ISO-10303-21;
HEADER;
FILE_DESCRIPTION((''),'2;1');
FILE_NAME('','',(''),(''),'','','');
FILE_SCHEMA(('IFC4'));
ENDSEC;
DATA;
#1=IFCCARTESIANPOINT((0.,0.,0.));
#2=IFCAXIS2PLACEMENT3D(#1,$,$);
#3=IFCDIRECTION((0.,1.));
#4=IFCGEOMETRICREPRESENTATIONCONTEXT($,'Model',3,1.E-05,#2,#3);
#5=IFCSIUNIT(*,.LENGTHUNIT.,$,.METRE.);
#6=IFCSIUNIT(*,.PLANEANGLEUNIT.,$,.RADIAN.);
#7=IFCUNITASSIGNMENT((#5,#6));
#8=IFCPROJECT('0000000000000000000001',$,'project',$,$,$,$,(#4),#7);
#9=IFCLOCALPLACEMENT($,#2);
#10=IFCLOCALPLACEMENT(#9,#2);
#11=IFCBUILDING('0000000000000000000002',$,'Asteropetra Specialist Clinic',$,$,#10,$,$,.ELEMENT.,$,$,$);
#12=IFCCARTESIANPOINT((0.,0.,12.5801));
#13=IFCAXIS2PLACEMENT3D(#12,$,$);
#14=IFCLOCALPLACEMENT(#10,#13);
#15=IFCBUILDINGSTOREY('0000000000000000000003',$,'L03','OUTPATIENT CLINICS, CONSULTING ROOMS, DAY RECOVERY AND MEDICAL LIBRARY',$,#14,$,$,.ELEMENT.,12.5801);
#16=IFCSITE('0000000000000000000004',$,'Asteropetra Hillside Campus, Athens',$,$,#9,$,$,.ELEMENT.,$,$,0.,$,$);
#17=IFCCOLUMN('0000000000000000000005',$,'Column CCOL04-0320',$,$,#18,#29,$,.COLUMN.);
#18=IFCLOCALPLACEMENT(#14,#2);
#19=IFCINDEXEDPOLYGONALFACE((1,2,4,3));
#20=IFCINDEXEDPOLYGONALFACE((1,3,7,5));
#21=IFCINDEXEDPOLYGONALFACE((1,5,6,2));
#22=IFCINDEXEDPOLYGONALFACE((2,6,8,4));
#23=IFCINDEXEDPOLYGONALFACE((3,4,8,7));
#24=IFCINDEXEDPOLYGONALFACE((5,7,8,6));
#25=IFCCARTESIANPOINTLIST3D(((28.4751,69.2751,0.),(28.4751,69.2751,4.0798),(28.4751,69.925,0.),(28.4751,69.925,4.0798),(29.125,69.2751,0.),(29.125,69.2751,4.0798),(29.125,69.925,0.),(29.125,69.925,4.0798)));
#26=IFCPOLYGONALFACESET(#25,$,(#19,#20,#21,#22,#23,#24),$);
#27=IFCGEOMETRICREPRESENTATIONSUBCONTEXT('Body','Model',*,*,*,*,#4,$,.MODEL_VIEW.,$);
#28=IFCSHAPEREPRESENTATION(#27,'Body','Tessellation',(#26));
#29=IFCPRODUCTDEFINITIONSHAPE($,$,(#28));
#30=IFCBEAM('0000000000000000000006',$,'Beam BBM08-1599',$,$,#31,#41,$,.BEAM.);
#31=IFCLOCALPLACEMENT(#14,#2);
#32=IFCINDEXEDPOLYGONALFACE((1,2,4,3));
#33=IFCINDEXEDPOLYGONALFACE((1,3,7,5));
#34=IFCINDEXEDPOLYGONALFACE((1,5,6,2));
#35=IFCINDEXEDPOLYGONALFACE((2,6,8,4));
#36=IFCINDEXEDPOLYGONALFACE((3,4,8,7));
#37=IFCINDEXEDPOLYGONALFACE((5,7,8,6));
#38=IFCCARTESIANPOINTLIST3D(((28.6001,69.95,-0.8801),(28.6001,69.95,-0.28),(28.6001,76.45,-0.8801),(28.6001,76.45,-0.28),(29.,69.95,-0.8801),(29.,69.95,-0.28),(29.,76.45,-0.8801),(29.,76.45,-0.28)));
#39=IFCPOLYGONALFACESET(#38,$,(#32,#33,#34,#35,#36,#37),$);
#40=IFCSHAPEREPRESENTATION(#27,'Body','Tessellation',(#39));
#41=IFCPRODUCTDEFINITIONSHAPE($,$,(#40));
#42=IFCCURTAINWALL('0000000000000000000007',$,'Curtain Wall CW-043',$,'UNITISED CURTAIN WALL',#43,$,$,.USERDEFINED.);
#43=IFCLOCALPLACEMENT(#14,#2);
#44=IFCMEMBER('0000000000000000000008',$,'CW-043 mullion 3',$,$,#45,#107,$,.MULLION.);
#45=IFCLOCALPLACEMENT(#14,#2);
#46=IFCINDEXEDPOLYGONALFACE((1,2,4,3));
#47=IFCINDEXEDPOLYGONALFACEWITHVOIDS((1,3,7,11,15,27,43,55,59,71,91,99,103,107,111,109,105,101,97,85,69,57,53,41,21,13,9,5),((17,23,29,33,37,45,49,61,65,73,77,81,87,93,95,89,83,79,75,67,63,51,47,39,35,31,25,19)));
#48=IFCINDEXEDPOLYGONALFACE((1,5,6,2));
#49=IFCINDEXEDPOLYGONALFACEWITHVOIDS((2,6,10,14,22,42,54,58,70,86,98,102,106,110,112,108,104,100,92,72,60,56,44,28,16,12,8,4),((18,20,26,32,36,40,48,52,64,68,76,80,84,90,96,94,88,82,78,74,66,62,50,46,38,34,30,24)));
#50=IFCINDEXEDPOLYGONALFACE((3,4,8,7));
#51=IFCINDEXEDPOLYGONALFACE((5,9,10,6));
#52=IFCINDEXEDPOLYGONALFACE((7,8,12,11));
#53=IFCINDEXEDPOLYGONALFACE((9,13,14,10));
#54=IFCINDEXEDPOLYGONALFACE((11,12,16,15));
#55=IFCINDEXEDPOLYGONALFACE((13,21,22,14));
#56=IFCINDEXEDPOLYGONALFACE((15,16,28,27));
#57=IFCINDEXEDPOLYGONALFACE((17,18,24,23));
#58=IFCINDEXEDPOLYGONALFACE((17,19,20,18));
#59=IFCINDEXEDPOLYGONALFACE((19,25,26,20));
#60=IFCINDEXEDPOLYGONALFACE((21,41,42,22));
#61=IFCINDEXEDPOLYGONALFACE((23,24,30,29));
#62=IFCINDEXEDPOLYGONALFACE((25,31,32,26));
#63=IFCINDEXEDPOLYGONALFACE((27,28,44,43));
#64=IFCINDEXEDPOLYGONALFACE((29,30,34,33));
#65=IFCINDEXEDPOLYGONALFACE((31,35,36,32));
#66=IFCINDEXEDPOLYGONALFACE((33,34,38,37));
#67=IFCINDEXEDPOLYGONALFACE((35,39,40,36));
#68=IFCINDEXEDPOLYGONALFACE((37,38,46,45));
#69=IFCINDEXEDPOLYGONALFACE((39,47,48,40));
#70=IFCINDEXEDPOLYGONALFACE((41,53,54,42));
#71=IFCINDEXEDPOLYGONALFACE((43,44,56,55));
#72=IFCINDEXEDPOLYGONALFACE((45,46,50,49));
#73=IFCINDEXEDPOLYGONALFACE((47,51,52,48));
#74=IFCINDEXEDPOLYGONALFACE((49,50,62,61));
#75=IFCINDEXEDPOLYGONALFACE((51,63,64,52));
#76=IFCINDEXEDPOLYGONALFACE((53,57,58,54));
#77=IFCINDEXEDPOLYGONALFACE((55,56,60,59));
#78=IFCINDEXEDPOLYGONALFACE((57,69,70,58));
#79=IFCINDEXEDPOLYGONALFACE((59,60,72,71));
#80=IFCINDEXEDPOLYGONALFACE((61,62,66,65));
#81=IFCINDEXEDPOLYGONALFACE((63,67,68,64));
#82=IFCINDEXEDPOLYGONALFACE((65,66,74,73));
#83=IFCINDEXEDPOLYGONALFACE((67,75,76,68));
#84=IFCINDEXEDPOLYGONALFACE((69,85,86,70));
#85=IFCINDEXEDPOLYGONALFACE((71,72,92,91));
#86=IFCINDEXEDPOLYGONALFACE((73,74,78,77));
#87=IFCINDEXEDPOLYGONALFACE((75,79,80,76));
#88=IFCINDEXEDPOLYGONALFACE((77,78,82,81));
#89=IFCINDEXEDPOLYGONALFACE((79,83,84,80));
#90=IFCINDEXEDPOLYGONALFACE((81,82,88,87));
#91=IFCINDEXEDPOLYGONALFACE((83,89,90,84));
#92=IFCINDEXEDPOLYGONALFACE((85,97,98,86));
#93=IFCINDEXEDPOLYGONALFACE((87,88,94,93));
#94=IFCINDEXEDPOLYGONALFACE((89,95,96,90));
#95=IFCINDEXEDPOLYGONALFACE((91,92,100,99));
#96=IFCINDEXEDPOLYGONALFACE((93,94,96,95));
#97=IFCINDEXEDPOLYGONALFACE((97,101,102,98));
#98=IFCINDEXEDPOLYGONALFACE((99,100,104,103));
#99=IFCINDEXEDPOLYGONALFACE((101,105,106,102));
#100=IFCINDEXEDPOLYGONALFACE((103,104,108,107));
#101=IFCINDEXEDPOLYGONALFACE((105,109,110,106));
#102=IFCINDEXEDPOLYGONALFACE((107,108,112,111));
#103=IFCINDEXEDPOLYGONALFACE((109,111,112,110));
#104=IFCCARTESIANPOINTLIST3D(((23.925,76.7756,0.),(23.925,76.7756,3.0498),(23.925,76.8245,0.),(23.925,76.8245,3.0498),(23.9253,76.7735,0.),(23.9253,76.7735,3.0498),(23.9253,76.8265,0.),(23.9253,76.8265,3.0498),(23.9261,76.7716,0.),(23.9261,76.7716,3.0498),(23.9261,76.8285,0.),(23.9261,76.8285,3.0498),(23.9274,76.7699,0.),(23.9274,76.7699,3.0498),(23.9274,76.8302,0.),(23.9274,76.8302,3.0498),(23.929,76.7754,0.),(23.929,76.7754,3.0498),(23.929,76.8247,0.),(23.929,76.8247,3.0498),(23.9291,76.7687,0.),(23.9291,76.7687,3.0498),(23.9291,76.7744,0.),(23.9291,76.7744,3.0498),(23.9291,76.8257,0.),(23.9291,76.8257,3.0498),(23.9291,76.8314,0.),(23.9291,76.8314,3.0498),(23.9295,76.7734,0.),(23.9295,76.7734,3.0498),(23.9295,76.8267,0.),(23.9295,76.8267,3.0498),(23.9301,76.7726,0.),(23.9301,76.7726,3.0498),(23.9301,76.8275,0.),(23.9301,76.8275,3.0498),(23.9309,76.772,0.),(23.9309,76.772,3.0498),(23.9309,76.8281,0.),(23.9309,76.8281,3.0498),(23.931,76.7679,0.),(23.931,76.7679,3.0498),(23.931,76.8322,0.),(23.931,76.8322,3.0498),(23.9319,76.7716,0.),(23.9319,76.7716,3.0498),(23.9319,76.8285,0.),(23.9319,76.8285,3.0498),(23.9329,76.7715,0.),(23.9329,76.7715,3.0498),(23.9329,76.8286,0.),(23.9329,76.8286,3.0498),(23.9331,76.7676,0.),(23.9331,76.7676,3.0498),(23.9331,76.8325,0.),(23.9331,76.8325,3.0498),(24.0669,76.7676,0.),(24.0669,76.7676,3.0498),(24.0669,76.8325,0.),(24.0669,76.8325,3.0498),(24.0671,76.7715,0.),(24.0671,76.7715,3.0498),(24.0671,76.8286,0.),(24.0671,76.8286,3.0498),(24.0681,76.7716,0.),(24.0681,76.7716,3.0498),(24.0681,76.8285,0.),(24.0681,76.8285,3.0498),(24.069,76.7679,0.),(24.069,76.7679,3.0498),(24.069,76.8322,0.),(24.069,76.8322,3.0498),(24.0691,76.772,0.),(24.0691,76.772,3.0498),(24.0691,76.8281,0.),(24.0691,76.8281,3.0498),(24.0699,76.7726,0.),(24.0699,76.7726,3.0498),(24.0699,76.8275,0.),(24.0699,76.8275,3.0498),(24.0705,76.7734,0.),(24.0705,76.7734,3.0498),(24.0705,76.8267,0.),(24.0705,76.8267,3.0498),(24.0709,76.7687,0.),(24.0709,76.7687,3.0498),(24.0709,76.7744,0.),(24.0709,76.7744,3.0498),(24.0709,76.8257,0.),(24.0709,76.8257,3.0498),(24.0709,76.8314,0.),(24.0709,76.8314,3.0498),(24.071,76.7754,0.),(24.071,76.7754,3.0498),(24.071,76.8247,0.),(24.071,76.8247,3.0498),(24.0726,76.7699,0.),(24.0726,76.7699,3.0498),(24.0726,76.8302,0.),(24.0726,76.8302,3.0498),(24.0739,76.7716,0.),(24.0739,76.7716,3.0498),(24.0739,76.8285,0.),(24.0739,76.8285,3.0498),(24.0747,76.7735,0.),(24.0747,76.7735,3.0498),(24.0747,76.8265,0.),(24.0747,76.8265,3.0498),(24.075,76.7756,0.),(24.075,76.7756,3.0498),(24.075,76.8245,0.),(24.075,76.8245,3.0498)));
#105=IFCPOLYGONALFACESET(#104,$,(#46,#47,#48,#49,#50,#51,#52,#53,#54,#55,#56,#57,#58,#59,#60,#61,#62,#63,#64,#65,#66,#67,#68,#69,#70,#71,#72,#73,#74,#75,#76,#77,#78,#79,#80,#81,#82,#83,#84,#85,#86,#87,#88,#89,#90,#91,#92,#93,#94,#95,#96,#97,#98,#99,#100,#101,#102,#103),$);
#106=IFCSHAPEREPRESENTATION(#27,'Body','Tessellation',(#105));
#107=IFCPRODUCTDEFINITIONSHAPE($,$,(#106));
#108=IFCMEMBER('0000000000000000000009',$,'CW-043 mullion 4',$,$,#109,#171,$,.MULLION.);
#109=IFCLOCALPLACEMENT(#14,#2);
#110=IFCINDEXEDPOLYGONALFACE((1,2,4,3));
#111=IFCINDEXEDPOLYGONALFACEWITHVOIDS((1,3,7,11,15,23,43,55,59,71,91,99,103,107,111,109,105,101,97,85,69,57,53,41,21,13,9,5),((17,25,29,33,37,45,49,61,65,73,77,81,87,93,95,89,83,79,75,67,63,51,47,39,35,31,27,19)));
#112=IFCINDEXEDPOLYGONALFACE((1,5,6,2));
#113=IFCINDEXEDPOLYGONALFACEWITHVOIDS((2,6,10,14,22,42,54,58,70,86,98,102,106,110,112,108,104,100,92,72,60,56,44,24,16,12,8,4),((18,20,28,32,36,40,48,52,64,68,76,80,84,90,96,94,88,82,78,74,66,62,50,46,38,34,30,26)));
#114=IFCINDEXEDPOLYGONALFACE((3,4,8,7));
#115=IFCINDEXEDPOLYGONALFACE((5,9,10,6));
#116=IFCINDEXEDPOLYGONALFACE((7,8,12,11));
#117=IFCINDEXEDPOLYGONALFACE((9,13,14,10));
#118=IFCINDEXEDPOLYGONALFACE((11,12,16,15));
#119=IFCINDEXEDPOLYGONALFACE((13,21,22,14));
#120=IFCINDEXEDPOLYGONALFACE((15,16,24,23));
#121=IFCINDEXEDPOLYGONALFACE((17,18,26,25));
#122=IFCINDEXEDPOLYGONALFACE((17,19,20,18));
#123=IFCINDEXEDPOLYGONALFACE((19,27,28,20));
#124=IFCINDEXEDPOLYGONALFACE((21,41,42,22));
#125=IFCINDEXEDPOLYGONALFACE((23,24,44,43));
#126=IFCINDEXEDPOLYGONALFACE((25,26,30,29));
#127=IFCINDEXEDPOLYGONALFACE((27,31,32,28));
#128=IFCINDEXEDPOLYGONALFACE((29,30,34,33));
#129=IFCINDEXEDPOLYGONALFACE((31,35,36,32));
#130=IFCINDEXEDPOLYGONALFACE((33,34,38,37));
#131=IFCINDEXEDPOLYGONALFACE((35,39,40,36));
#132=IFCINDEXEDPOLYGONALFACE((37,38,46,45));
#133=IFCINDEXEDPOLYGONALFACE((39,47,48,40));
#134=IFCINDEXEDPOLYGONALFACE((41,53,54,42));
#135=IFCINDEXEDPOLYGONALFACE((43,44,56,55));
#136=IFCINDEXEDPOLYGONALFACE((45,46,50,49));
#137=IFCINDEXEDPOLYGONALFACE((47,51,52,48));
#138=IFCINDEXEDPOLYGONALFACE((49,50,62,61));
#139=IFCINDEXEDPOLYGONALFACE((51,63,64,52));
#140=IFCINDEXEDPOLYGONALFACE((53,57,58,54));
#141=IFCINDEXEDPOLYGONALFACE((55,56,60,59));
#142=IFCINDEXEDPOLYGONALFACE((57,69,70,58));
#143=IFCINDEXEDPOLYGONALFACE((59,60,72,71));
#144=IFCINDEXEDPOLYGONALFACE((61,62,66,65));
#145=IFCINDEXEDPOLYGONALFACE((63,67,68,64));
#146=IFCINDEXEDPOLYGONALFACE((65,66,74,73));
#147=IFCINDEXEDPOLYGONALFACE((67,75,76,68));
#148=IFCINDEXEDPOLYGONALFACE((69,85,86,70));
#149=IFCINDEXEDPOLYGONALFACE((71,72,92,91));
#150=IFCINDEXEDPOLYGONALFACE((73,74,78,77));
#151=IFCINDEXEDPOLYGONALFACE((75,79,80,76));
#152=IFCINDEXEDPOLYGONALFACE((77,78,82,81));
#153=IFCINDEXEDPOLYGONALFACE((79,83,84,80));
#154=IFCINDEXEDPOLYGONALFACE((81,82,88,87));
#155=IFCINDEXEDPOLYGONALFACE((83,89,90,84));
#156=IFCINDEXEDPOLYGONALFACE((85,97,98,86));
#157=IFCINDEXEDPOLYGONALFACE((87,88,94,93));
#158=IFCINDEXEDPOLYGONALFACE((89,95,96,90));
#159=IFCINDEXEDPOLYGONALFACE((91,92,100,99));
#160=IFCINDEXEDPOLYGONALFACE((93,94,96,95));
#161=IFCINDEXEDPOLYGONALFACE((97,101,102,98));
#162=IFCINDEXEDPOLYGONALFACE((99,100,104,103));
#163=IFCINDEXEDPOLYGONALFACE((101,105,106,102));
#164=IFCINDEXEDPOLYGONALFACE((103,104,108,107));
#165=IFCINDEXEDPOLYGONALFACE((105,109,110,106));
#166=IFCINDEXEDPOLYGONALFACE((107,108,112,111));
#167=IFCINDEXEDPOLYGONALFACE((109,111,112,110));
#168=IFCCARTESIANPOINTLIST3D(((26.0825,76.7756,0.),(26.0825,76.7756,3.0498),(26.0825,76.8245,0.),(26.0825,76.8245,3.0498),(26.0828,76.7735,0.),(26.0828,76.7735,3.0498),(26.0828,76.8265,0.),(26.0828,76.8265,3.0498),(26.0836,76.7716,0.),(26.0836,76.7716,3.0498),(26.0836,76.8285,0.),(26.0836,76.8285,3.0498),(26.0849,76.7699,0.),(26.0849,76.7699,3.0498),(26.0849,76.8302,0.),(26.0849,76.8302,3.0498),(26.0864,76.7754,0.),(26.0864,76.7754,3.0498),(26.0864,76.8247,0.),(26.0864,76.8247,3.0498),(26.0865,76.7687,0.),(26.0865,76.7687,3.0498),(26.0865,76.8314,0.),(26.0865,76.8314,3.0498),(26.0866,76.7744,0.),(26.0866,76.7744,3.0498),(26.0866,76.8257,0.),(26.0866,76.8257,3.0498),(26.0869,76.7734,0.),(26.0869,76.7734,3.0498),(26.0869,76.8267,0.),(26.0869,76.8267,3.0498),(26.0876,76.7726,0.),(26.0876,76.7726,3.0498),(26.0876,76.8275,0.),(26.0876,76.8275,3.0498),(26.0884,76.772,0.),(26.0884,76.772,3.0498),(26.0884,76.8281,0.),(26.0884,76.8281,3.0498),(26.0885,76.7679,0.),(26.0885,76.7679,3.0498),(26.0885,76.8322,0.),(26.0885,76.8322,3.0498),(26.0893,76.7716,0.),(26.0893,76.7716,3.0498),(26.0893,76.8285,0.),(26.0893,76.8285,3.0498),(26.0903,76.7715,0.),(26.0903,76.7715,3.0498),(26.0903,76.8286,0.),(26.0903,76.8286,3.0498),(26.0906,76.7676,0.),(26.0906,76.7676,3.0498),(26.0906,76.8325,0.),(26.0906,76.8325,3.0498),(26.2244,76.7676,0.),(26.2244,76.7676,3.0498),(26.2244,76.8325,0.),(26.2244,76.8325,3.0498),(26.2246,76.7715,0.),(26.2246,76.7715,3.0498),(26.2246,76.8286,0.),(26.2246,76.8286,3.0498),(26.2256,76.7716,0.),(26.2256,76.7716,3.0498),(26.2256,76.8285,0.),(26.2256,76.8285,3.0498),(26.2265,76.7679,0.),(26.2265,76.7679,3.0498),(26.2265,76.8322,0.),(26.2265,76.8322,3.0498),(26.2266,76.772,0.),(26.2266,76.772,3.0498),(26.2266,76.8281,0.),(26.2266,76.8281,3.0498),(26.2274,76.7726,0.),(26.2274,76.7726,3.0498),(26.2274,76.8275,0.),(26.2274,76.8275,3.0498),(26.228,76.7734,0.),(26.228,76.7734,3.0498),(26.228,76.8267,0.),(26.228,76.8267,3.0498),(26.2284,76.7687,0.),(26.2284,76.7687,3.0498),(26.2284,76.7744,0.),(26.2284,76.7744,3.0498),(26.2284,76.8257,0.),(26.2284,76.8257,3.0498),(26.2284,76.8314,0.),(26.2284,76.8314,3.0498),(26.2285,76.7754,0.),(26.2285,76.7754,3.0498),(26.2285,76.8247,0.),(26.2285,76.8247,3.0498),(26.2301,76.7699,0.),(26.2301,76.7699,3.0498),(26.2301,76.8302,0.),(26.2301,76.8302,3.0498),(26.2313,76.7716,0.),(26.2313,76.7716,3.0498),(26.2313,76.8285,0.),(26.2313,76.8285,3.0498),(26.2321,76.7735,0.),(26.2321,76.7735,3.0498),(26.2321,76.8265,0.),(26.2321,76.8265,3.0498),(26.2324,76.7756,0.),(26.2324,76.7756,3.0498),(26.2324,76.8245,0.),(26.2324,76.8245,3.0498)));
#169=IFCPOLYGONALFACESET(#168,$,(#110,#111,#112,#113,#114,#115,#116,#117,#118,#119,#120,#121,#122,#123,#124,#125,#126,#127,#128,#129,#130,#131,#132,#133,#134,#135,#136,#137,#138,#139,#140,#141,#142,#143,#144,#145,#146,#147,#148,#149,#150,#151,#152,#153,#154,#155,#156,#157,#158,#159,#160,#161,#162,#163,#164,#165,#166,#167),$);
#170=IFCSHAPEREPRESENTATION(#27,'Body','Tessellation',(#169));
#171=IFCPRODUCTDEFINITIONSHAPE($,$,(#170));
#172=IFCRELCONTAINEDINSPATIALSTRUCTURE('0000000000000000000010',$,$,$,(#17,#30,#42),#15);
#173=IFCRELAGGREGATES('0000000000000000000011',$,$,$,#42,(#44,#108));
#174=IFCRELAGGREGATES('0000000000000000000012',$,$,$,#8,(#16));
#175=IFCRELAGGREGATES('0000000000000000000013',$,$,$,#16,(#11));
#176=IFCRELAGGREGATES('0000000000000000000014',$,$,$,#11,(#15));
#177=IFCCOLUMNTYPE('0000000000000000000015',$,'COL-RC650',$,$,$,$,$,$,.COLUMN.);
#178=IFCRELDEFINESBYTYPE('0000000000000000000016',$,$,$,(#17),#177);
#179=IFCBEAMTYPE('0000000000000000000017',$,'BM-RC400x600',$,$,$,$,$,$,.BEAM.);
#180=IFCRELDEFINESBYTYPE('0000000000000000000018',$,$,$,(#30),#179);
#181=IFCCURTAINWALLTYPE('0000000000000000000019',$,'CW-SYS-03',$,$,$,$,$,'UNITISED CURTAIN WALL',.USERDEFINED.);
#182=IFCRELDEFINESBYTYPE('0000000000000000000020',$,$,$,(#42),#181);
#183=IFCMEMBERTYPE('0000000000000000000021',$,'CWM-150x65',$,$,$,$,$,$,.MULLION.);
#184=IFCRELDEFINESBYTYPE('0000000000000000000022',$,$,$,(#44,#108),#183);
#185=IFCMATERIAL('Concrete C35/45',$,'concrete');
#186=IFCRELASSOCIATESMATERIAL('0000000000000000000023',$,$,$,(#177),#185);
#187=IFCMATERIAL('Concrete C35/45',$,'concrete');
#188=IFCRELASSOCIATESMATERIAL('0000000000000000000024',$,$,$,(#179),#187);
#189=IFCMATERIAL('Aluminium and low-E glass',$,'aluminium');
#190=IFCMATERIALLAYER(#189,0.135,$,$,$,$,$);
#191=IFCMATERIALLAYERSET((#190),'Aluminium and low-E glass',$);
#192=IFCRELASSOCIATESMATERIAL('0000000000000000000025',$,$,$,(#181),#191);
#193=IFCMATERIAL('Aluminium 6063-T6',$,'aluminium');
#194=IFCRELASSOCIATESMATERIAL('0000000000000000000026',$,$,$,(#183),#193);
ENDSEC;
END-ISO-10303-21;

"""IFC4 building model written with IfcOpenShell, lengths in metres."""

from ifc_helpers import new_model, si_unit, direction, frame, origin, origin_2d, place, context, subcontext, project, spatial, rectangle, hollow_rectangle, extrude, material, layer, layer_set, material_profile, profile_set, type_object, element, aggregate, save


model = new_model("IFC4")

# Units and contexts
model_context = context("Model", 3, precision=1e-05, world=origin(), true_north=direction((0.0, 1.0)))
body_context = subcontext(model_context, "Body", "Model", "MODEL_VIEW")
ifc_project = project(units=[si_unit("LENGTHUNIT", "METRE"), si_unit("PLANEANGLEUNIT", "RADIAN")], contexts=[model_context])

# Site, building, storey
site_placement = place(None, origin())
site = spatial("IfcSite", under=ifc_project, at=site_placement, Name="Asteropetra Hillside Campus, Athens", CompositionType="ELEMENT", RefElevation=0.0)
building_placement = place(site_placement, origin())
building = spatial("IfcBuilding", under=site, at=building_placement, Name="Asteropetra Specialist Clinic", CompositionType="ELEMENT")
storey_placement = place(building_placement, frame((0.0, 0.0, 12.5801)))
storey = spatial("IfcBuildingStorey", under=building, at=storey_placement, Name="L03", Description="OUTPATIENT CLINICS, CONSULTING ROOMS, DAY RECOVERY AND MEDICAL LIBRARY", CompositionType="ELEMENT", Elevation=12.5801)

# Column
ifc_material_1 = material(Name="Concrete C35/45", Category="concrete")
ifc_material_profile_1 = material_profile(ifc_material_1, rectangle(XDim=0.6499, YDim=0.6499, at=origin_2d()), Name="RC 650x650")
ifc_profile_set_1 = profile_set([ifc_material_profile_1], Name="Concrete C35/45")
column_type = type_object("IfcColumnType", Name="COL-RC650", PredefinedType="COLUMN", material=ifc_profile_set_1)
column_placement = place(storey_placement, frame((28.8, 69.6001, 0.0), z_axis=(0.0, 0.0, 1.0), x_axis=(1.0, 0.0, 0.0)))
element("IfcColumn", 1, at=column_placement, inside=storey, type_object=column_type, Name="Column CCOL04-0320", PredefinedType="COLUMN", context=body_context, shape_type="SweptSolid", body=[
    extrude(rectangle(XDim=0.6499, YDim=0.6499, at=origin_2d()), origin(), (0.0, 0.0, 1.0), 4.0798),
])

# Beam
ifc_material_2 = material(Name="Concrete C35/45", Category="concrete")
ifc_material_profile_2 = material_profile(ifc_material_2, rectangle(XDim=0.3999, YDim=0.6001, at=origin_2d()), Name="RCB 400x600")
ifc_profile_set_2 = profile_set([ifc_material_profile_2], Name="Concrete C35/45")
beam_type = type_object("IfcBeamType", Name="BM-RC400x600", PredefinedType="BEAM", material=ifc_profile_set_2)
beam_placement = place(storey_placement, frame((28.8, 69.95, -0.5801), z_axis=(0.0, 1.0, 0.0), x_axis=(-1.0, 0.0, 0.0)))
element("IfcBeam", 2, at=beam_placement, inside=storey, type_object=beam_type, Name="Beam BBM08-1599", PredefinedType="BEAM", context=body_context, shape_type="SweptSolid", body=[
    extrude(rectangle(XDim=0.3999, YDim=0.6001, at=origin_2d()), origin(), (0.0, 0.0, 1.0), 6.5),
])

# Curtain wall, members
ifc_material_3 = material(Name="Aluminium and low-E glass", Category="aluminium")
ifc_layer_1 = layer(ifc_material_3, 0.135)
ifc_layer_set_1 = layer_set([ifc_layer_1], Name="Aluminium and low-E glass")
curtain_wall_type_1 = type_object("IfcCurtainWallType", Name="CW-SYS-03", ElementType="UNITISED CURTAIN WALL", PredefinedType="USERDEFINED", material=ifc_layer_set_1)
curtain_wall_1_placement = place(storey_placement, origin())
curtain_wall_1 = element("IfcCurtainWall", 3, at=curtain_wall_1_placement, inside=storey, type_object=curtain_wall_type_1, Name="Curtain Wall CW-043", ObjectType="UNITISED CURTAIN WALL", PredefinedType="USERDEFINED")
ifc_material_4 = material(Name="Aluminium 6063-T6", Category="aluminium")
ifc_material_profile_3 = material_profile(ifc_material_4, hollow_rectangle(XDim=0.0649, YDim=0.1499, WallThickness=0.0039, InnerFilletRadius=0.0039, OuterFilletRadius=0.0081, at=origin_2d()), Name="MUL 150x65x4.0")
ifc_profile_set_3 = profile_set([ifc_material_profile_3], Name="Aluminium 6063-T6")
member_type_1 = type_object("IfcMemberType", Name="CWM-150x65", PredefinedType="MULLION", material=ifc_profile_set_3)
member_1_placement = place(storey_placement, frame((24.0, 76.8, 0.0), z_axis=(0.0, 0.0, 1.0), x_axis=(0.0, 1.0, 0.0)))
member_1 = element("IfcMember", 4, at=member_1_placement, type_object=member_type_1, Name="CW-043 mullion 3", PredefinedType="MULLION", context=body_context, shape_type="SweptSolid", body=[
    extrude(hollow_rectangle(XDim=0.0649, YDim=0.1499, WallThickness=0.0039, InnerFilletRadius=0.0039, OuterFilletRadius=0.0081, at=origin_2d()), origin(), (0.0, 0.0, 1.0), 3.0498),
])
member_2_placement = place(storey_placement, frame((26.1575, 76.8, 0.0), z_axis=(0.0, 0.0, 1.0), x_axis=(0.0, 1.0, 0.0)))
member_2 = element("IfcMember", 5, at=member_2_placement, type_object=member_type_1, Name="CW-043 mullion 4", PredefinedType="MULLION", context=body_context, shape_type="SweptSolid", body=[
    extrude(hollow_rectangle(XDim=0.0649, YDim=0.1499, WallThickness=0.0039, InnerFilletRadius=0.0039, OuterFilletRadius=0.0081, at=origin_2d()), origin(), (0.0, 0.0, 1.0), 3.0498),
])

aggregate(curtain_wall_1, [member_1, member_2])

save(model, "model.ifc")
